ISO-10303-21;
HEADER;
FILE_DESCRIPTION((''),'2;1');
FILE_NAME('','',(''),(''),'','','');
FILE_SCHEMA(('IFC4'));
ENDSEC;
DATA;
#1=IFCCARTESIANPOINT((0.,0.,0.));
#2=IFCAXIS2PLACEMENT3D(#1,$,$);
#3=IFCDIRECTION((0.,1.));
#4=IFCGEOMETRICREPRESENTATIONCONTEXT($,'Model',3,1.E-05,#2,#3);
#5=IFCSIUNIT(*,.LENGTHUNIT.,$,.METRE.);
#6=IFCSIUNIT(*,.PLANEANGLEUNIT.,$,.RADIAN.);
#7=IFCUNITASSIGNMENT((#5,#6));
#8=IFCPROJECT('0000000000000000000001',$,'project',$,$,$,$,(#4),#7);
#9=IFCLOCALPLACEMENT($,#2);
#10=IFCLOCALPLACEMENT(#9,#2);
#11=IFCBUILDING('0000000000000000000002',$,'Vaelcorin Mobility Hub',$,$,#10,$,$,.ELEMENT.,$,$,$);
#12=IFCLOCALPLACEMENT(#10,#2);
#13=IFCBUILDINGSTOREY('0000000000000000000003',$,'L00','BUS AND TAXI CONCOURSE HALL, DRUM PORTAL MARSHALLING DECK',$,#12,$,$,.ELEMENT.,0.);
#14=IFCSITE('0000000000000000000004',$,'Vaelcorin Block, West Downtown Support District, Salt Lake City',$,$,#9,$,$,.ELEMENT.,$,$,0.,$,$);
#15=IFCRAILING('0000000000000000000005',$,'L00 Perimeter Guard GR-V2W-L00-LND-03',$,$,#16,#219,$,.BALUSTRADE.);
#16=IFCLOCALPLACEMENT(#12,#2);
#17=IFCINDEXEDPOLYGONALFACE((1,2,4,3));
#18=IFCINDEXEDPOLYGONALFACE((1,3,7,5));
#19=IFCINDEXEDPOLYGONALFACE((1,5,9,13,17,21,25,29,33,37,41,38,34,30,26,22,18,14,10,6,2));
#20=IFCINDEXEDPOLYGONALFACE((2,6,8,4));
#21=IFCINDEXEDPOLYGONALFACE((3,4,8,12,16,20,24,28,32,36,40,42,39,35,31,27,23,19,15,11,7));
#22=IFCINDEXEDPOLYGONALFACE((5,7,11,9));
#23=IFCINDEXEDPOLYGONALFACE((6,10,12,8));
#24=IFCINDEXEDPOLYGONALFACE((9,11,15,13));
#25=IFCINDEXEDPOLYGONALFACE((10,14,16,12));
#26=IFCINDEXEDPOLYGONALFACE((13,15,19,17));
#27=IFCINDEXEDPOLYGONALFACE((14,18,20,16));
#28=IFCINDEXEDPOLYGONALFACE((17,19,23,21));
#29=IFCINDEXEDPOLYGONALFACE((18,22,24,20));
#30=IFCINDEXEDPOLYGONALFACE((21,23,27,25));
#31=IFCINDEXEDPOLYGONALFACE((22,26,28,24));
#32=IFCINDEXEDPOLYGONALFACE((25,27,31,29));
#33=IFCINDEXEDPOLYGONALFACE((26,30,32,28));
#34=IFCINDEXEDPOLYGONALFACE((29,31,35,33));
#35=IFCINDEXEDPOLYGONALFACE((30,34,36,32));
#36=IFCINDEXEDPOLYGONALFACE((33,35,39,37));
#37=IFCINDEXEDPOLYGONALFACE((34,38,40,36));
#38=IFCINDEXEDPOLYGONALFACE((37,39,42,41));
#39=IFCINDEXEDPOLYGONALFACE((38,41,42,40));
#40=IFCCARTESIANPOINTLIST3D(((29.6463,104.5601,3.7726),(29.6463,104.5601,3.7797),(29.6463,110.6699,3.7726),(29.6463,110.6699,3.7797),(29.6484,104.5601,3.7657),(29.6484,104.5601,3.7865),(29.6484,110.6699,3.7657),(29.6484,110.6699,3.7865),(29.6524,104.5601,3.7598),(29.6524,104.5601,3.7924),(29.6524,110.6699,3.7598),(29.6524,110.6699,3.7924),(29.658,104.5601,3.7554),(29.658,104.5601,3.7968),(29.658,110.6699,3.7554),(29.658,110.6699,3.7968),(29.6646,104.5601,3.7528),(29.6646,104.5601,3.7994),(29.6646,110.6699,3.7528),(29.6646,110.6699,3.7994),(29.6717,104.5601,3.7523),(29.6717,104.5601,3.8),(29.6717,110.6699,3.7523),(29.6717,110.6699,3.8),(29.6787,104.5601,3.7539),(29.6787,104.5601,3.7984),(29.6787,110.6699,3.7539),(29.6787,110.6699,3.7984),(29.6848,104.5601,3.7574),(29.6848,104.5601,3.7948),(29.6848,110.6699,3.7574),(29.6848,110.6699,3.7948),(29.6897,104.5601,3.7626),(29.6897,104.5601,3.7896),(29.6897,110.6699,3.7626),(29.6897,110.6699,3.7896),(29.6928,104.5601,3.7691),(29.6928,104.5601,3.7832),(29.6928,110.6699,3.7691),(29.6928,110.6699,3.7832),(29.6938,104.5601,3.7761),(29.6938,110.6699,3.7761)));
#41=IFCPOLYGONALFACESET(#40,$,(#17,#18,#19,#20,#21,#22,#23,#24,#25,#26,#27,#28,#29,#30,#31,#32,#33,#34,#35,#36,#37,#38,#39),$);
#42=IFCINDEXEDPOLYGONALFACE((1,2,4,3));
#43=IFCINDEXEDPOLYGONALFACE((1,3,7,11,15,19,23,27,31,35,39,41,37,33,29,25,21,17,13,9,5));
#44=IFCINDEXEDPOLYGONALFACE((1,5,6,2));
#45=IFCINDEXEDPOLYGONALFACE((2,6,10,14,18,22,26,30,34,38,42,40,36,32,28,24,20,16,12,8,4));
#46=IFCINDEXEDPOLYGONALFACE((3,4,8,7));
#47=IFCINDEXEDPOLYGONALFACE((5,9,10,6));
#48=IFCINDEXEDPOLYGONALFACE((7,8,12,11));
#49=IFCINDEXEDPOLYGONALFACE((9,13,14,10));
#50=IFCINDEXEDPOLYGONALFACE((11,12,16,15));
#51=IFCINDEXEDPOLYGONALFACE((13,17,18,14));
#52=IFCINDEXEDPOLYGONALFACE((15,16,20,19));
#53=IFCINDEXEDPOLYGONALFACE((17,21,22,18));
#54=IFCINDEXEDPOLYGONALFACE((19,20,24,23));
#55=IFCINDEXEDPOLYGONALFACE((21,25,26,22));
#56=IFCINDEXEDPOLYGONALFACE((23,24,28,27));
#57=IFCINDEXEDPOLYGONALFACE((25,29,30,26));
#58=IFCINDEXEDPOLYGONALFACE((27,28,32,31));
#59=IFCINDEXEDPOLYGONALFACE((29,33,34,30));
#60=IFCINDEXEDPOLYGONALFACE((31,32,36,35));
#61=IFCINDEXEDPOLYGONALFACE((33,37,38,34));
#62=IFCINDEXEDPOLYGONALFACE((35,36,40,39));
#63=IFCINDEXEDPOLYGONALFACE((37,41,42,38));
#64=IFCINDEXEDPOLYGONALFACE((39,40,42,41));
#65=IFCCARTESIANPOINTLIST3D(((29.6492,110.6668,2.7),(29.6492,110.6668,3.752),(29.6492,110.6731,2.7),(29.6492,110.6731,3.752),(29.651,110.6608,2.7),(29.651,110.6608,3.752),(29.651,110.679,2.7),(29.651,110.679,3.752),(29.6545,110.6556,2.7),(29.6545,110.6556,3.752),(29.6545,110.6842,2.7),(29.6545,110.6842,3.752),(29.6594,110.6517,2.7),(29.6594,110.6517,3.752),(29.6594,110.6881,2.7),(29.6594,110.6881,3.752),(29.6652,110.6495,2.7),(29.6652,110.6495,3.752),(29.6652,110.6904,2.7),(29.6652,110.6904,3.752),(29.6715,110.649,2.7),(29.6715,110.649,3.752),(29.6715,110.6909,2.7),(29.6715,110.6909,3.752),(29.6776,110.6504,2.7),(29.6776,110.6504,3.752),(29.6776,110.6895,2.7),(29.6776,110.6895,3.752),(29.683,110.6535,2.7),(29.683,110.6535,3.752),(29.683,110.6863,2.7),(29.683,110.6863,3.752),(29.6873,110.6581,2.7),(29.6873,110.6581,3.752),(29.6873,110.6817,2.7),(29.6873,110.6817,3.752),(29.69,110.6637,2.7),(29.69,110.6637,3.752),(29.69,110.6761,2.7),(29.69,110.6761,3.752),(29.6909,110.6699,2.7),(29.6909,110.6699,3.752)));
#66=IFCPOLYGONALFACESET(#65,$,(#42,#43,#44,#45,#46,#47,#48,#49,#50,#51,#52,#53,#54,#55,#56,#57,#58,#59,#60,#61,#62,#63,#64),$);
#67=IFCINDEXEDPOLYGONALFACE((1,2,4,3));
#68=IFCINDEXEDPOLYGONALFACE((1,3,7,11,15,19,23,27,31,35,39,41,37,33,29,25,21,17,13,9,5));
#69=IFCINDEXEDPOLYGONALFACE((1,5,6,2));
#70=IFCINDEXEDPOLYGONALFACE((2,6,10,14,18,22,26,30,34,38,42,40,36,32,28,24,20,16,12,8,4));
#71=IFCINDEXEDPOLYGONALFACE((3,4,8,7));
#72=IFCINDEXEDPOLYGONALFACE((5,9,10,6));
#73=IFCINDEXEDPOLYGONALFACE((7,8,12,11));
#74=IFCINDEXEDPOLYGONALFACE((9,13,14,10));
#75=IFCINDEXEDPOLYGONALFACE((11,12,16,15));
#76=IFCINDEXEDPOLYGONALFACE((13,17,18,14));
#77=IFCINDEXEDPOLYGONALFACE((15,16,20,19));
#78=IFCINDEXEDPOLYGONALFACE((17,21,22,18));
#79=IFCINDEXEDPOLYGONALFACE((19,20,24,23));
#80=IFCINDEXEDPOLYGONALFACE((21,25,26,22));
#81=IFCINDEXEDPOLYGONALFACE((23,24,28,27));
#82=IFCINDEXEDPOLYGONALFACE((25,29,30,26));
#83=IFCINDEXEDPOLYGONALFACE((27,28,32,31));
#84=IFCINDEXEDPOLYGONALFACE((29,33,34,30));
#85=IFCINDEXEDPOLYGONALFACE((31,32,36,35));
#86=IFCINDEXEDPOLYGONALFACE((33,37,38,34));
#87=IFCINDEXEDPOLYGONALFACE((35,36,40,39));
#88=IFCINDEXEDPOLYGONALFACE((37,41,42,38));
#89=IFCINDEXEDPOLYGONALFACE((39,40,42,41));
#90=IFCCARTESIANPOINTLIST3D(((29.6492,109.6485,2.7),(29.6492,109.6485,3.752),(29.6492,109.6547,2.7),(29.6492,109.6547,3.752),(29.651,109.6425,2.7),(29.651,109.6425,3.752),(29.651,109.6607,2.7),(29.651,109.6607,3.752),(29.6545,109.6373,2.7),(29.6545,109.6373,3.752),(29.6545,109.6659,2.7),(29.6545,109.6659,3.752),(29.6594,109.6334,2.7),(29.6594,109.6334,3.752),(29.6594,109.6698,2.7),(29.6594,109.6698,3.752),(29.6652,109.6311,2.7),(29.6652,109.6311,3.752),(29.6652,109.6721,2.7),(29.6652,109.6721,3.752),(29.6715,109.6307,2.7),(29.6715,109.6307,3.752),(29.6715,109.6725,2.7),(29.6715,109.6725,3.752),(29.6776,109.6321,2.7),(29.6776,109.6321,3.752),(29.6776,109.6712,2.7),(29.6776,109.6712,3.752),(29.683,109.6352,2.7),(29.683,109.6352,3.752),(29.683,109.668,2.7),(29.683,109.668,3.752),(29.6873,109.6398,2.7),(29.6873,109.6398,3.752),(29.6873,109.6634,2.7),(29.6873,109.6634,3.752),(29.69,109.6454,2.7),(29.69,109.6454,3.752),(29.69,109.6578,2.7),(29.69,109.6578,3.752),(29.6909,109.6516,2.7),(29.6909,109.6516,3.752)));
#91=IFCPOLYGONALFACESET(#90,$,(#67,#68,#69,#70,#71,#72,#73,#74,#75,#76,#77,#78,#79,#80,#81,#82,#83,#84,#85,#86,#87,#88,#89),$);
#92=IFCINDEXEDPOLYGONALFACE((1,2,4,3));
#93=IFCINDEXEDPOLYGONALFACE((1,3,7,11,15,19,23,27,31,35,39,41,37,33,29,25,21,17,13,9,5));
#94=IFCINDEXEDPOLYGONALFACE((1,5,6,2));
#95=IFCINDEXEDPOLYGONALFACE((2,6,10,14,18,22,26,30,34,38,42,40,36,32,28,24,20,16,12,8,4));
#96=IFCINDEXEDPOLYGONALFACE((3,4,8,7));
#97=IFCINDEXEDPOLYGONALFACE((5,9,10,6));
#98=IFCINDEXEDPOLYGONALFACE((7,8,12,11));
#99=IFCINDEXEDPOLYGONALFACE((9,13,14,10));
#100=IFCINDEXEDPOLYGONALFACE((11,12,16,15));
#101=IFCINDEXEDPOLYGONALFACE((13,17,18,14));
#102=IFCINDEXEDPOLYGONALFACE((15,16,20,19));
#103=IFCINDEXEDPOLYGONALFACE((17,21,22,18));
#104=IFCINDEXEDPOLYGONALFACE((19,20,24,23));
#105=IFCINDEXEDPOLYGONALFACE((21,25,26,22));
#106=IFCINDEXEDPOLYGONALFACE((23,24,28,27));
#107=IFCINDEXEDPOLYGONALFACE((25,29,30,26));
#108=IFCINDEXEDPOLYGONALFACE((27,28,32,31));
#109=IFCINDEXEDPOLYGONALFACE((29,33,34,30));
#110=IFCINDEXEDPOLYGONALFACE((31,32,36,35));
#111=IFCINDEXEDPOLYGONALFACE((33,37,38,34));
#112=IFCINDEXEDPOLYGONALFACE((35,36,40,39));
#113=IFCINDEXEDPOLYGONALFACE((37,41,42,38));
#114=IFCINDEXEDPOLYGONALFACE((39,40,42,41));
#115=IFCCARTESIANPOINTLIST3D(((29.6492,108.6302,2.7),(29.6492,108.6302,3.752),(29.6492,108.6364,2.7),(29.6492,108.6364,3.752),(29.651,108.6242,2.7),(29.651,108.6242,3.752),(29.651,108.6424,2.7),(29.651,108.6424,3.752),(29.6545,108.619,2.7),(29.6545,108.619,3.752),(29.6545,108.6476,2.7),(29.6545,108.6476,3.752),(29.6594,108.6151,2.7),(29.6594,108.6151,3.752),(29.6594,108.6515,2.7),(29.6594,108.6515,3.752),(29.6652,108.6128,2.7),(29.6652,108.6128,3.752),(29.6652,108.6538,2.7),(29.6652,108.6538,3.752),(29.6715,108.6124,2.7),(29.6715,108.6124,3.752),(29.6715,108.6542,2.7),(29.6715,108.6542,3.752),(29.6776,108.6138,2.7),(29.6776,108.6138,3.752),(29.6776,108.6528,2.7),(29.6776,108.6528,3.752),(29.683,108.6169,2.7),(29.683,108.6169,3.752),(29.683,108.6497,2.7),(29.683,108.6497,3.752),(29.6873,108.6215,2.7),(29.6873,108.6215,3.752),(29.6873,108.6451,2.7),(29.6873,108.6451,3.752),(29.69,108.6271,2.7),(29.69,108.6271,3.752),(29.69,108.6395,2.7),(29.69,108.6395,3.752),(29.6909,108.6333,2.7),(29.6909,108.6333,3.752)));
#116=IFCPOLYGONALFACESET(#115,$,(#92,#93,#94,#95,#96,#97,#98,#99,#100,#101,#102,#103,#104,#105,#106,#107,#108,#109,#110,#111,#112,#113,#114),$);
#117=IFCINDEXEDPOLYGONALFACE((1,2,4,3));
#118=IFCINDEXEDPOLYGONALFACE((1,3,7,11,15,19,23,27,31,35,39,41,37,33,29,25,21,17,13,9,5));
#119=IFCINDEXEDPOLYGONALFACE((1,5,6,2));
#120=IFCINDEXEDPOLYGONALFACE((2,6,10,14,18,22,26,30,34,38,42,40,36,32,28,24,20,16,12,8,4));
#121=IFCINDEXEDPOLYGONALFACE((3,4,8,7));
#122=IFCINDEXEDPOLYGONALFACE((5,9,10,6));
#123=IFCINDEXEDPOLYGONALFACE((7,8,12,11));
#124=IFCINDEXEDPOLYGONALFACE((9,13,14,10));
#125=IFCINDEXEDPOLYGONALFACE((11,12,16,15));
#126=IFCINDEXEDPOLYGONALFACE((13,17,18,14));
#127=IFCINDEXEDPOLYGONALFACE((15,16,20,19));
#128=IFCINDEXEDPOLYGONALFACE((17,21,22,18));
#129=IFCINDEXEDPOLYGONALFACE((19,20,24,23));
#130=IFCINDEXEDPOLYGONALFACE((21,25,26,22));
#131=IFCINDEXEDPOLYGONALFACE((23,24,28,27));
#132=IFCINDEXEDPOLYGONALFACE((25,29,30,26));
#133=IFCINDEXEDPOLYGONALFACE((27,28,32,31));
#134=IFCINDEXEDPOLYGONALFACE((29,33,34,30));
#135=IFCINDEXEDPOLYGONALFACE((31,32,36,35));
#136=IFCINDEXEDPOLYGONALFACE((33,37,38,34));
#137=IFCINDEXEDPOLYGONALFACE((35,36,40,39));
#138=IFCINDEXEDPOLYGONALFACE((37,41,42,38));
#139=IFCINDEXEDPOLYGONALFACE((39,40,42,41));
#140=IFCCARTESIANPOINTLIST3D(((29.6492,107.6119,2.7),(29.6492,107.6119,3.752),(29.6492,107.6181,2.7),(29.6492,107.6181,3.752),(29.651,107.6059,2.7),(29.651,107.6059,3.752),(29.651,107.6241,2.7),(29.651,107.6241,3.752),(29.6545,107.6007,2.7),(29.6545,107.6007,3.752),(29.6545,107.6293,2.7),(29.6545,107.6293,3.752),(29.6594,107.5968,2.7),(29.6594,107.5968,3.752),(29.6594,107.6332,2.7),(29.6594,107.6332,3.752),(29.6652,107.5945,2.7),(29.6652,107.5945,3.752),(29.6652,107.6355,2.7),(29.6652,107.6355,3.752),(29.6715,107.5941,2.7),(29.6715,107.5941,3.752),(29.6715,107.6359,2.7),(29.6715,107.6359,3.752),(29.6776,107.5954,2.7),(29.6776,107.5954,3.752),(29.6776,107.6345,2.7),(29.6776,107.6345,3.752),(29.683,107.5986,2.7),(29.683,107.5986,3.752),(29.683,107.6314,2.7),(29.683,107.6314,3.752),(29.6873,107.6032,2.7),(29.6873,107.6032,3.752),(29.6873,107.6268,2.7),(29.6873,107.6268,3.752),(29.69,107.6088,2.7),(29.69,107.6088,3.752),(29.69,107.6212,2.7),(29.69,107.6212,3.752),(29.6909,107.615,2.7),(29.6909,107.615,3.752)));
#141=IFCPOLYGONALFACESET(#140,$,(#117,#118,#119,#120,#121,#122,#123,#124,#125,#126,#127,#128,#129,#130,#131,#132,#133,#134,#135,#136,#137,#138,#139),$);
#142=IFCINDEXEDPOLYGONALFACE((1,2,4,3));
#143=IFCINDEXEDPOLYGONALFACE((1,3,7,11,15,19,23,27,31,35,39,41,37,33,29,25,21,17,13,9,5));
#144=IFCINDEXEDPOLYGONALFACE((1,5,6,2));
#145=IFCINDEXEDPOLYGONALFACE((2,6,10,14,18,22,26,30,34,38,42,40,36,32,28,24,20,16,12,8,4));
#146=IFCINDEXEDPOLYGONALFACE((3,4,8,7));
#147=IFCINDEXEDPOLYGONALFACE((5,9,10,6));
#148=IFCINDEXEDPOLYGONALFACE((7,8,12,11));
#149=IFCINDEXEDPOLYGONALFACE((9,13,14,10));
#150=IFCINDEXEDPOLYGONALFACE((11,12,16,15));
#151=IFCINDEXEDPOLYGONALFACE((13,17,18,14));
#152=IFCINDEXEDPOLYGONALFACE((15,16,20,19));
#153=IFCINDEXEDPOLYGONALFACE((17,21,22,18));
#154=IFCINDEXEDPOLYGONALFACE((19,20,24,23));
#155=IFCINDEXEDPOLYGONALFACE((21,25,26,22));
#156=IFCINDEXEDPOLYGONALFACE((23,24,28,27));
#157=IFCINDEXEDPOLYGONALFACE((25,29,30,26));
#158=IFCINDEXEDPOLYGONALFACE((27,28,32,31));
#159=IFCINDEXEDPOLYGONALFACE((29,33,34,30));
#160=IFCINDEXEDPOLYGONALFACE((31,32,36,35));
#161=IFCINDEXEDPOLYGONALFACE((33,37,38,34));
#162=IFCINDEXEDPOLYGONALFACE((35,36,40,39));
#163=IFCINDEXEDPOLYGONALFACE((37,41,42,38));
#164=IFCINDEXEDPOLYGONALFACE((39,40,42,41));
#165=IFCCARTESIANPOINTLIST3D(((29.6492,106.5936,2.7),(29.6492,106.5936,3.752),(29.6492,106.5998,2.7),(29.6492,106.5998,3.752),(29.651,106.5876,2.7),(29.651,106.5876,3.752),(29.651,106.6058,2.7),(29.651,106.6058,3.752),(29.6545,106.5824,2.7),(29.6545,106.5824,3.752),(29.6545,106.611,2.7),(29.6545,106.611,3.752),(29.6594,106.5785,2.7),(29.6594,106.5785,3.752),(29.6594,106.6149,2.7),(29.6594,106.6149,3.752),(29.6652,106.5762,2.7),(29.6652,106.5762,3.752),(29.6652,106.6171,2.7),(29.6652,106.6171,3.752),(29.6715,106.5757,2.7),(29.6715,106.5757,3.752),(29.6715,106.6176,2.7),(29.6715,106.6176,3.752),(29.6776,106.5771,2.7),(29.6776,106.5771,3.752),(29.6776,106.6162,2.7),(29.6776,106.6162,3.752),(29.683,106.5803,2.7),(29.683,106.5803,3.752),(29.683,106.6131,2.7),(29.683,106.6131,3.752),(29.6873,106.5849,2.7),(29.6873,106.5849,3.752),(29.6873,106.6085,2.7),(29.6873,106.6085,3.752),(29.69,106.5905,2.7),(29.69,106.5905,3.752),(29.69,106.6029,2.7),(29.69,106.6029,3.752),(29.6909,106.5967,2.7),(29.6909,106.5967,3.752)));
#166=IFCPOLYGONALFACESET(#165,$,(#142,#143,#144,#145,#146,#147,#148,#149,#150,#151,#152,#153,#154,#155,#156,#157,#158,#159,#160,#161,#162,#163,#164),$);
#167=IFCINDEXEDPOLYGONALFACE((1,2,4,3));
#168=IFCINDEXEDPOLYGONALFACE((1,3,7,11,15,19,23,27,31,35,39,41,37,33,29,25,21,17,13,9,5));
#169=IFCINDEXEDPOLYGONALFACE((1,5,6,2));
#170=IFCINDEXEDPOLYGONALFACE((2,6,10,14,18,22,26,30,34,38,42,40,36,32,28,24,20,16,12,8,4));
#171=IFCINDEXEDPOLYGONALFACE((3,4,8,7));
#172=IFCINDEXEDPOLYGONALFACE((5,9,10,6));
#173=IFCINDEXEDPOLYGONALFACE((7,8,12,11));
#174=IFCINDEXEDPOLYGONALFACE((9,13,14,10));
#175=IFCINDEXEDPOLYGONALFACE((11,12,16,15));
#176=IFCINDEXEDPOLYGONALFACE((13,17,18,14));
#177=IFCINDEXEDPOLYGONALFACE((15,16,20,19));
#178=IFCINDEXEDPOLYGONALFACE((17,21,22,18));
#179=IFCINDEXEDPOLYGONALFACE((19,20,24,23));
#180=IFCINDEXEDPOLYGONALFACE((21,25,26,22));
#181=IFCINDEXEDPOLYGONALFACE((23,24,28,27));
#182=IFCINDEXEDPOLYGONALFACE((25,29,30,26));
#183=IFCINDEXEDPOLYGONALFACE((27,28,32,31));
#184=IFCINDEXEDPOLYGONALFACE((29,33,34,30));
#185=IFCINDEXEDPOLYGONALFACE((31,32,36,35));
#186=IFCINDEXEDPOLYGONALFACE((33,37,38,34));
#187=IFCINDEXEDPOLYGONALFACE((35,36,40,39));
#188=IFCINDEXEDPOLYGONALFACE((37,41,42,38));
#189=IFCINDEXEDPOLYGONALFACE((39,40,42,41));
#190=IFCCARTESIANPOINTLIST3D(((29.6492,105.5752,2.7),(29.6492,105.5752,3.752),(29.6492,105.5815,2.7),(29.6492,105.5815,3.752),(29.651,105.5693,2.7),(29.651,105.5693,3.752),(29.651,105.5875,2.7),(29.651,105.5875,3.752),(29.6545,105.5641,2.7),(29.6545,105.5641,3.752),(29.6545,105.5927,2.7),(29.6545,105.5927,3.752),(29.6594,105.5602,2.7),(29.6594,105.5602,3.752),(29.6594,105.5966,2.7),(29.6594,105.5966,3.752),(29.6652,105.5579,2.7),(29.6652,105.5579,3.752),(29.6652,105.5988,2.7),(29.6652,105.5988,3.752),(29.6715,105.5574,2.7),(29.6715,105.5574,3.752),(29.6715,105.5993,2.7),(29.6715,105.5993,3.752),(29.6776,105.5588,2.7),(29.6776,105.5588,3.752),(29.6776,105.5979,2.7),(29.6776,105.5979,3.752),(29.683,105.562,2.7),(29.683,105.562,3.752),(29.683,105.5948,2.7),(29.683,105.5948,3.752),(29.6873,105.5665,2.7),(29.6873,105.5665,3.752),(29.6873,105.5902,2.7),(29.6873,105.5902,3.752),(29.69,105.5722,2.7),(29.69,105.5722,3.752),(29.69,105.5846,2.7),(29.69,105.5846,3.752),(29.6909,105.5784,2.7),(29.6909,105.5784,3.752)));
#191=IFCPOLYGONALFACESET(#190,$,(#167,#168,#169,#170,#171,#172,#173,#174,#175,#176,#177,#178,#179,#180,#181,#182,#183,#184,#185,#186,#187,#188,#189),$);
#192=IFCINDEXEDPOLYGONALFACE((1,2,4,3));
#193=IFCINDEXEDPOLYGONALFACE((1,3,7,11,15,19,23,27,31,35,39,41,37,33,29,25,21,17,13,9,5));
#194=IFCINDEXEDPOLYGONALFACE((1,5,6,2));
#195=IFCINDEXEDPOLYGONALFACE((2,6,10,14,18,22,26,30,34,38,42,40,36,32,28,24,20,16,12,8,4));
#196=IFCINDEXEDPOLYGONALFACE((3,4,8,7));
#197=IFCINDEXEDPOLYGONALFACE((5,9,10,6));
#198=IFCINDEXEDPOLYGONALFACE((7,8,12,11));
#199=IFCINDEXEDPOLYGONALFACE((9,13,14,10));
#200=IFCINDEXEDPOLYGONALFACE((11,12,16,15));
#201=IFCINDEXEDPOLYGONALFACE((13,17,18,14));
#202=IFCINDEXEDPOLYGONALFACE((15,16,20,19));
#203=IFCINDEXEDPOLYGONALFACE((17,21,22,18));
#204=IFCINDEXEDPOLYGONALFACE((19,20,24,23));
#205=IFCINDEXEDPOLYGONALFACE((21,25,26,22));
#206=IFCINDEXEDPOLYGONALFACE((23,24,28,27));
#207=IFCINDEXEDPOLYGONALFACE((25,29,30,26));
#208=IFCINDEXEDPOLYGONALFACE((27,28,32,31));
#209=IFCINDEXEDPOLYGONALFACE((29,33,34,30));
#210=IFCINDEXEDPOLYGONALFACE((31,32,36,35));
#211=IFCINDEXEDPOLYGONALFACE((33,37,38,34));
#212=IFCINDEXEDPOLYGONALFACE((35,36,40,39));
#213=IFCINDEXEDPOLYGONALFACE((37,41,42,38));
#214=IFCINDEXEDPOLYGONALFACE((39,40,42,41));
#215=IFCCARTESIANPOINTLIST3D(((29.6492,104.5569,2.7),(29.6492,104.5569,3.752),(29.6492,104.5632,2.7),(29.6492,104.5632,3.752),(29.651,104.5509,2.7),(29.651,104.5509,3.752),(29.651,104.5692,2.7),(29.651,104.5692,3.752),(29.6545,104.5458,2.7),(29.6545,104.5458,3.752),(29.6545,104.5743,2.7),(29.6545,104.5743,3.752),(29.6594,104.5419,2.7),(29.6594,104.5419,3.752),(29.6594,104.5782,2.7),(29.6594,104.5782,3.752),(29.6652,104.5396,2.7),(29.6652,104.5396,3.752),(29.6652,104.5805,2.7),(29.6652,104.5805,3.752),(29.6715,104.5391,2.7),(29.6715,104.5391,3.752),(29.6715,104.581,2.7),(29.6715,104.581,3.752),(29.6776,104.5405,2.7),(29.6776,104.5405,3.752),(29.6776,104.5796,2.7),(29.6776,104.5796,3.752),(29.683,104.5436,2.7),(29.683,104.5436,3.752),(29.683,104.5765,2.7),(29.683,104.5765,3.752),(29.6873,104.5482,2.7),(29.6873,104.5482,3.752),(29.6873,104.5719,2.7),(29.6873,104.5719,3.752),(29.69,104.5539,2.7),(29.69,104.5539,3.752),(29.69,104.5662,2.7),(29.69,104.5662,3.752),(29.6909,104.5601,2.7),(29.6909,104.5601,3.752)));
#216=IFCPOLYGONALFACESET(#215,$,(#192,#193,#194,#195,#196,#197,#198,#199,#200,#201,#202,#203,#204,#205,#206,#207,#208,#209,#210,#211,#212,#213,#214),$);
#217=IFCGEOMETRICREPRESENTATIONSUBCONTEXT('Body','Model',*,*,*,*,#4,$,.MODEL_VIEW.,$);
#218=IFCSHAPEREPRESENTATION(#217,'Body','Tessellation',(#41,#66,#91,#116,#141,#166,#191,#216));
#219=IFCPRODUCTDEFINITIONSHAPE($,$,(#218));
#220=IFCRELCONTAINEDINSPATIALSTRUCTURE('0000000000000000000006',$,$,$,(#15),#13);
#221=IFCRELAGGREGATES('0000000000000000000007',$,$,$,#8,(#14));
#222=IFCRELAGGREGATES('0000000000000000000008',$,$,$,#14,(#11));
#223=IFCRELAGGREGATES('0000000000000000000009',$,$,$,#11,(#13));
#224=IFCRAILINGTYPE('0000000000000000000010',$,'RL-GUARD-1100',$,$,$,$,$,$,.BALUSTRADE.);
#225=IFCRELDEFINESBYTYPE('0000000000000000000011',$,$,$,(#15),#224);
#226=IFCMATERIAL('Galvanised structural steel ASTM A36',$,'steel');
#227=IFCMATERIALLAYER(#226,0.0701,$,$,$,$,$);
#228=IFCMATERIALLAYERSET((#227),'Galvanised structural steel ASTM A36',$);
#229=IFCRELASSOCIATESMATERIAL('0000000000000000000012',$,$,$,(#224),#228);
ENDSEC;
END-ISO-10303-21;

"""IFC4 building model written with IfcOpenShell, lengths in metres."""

from ifc_helpers import new_model, si_unit, direction, frame, origin, origin_2d, place, context, subcontext, project, spatial, circle, extrude, material, layer, layer_set, type_object, element, save


model = new_model("IFC4")

# Units and contexts
model_context = context("Model", 3, precision=1e-05, world=origin(), true_north=direction((0.0, 1.0)))
body_context = subcontext(model_context, "Body", "Model", "MODEL_VIEW")
ifc_project = project(units=[si_unit("LENGTHUNIT", "METRE"), si_unit("PLANEANGLEUNIT", "RADIAN")], contexts=[model_context])

# Site, building, storey
site_placement = place(None, origin())
site = spatial("IfcSite", under=ifc_project, at=site_placement, Name="Vaelcorin Block, West Downtown Support District, Salt Lake City", CompositionType="ELEMENT", RefElevation=0.0)
building_placement = place(site_placement, origin())
building = spatial("IfcBuilding", under=site, at=building_placement, Name="Vaelcorin Mobility Hub", CompositionType="ELEMENT")
storey_placement = place(building_placement, origin())
storey = spatial("IfcBuildingStorey", under=building, at=storey_placement, Name="L00", Description="BUS AND TAXI CONCOURSE HALL, DRUM PORTAL MARSHALLING DECK", CompositionType="ELEMENT", Elevation=0.0)

# Railing
ifc_material_1 = material(Name="Galvanised structural steel ASTM A36", Category="steel")
ifc_layer_1 = layer(ifc_material_1, 0.0701)
ifc_layer_set_1 = layer_set([ifc_layer_1], Name="Galvanised structural steel ASTM A36")
railing_type = type_object("IfcRailingType", Name="RL-GUARD-1100", PredefinedType="BALUSTRADE", material=ifc_layer_set_1)
railing_1_placement = place(storey_placement, frame((29.6699, 110.6699, 2.7)))
element("IfcRailing", 1, at=railing_1_placement, inside=storey, type_object=railing_type, Name="L00 Perimeter Guard GR-V2W-L00-LND-03", PredefinedType="BALUSTRADE", context=body_context, shape_type="SweptSolid", body=[
    extrude(circle(Radius=0.0239, at=origin_2d()), frame((0.0, 0.0, 1.0762), z_axis=(0.0, -1.0, 0.0), x_axis=(1.0, 0.0, 0.0)), (0.0, 0.0, 1.0), 6.1099),
    extrude(circle(Radius=0.021, at=origin_2d()), origin(), (0.0, 0.0, 1.0), 1.052),
    extrude(circle(Radius=0.021, at=origin_2d()), frame((0.0, -1.0183, 0.0)), (0.0, 0.0, 1.0), 1.052),
    extrude(circle(Radius=0.021, at=origin_2d()), frame((0.0, -2.0366, 0.0)), (0.0, 0.0, 1.0), 1.052),
    extrude(circle(Radius=0.021, at=origin_2d()), frame((0.0, -3.0549, 0.0)), (0.0, 0.0, 1.0), 1.052),
    extrude(circle(Radius=0.021, at=origin_2d()), frame((0.0, -4.0732, 0.0)), (0.0, 0.0, 1.0), 1.052),
    extrude(circle(Radius=0.021, at=origin_2d()), frame((0.0, -5.0916, 0.0)), (0.0, 0.0, 1.0), 1.052),
    extrude(circle(Radius=0.021, at=origin_2d()), frame((0.0, -6.1099, 0.0)), (0.0, 0.0, 1.0), 1.052),
])

save(model, "model.ifc")
